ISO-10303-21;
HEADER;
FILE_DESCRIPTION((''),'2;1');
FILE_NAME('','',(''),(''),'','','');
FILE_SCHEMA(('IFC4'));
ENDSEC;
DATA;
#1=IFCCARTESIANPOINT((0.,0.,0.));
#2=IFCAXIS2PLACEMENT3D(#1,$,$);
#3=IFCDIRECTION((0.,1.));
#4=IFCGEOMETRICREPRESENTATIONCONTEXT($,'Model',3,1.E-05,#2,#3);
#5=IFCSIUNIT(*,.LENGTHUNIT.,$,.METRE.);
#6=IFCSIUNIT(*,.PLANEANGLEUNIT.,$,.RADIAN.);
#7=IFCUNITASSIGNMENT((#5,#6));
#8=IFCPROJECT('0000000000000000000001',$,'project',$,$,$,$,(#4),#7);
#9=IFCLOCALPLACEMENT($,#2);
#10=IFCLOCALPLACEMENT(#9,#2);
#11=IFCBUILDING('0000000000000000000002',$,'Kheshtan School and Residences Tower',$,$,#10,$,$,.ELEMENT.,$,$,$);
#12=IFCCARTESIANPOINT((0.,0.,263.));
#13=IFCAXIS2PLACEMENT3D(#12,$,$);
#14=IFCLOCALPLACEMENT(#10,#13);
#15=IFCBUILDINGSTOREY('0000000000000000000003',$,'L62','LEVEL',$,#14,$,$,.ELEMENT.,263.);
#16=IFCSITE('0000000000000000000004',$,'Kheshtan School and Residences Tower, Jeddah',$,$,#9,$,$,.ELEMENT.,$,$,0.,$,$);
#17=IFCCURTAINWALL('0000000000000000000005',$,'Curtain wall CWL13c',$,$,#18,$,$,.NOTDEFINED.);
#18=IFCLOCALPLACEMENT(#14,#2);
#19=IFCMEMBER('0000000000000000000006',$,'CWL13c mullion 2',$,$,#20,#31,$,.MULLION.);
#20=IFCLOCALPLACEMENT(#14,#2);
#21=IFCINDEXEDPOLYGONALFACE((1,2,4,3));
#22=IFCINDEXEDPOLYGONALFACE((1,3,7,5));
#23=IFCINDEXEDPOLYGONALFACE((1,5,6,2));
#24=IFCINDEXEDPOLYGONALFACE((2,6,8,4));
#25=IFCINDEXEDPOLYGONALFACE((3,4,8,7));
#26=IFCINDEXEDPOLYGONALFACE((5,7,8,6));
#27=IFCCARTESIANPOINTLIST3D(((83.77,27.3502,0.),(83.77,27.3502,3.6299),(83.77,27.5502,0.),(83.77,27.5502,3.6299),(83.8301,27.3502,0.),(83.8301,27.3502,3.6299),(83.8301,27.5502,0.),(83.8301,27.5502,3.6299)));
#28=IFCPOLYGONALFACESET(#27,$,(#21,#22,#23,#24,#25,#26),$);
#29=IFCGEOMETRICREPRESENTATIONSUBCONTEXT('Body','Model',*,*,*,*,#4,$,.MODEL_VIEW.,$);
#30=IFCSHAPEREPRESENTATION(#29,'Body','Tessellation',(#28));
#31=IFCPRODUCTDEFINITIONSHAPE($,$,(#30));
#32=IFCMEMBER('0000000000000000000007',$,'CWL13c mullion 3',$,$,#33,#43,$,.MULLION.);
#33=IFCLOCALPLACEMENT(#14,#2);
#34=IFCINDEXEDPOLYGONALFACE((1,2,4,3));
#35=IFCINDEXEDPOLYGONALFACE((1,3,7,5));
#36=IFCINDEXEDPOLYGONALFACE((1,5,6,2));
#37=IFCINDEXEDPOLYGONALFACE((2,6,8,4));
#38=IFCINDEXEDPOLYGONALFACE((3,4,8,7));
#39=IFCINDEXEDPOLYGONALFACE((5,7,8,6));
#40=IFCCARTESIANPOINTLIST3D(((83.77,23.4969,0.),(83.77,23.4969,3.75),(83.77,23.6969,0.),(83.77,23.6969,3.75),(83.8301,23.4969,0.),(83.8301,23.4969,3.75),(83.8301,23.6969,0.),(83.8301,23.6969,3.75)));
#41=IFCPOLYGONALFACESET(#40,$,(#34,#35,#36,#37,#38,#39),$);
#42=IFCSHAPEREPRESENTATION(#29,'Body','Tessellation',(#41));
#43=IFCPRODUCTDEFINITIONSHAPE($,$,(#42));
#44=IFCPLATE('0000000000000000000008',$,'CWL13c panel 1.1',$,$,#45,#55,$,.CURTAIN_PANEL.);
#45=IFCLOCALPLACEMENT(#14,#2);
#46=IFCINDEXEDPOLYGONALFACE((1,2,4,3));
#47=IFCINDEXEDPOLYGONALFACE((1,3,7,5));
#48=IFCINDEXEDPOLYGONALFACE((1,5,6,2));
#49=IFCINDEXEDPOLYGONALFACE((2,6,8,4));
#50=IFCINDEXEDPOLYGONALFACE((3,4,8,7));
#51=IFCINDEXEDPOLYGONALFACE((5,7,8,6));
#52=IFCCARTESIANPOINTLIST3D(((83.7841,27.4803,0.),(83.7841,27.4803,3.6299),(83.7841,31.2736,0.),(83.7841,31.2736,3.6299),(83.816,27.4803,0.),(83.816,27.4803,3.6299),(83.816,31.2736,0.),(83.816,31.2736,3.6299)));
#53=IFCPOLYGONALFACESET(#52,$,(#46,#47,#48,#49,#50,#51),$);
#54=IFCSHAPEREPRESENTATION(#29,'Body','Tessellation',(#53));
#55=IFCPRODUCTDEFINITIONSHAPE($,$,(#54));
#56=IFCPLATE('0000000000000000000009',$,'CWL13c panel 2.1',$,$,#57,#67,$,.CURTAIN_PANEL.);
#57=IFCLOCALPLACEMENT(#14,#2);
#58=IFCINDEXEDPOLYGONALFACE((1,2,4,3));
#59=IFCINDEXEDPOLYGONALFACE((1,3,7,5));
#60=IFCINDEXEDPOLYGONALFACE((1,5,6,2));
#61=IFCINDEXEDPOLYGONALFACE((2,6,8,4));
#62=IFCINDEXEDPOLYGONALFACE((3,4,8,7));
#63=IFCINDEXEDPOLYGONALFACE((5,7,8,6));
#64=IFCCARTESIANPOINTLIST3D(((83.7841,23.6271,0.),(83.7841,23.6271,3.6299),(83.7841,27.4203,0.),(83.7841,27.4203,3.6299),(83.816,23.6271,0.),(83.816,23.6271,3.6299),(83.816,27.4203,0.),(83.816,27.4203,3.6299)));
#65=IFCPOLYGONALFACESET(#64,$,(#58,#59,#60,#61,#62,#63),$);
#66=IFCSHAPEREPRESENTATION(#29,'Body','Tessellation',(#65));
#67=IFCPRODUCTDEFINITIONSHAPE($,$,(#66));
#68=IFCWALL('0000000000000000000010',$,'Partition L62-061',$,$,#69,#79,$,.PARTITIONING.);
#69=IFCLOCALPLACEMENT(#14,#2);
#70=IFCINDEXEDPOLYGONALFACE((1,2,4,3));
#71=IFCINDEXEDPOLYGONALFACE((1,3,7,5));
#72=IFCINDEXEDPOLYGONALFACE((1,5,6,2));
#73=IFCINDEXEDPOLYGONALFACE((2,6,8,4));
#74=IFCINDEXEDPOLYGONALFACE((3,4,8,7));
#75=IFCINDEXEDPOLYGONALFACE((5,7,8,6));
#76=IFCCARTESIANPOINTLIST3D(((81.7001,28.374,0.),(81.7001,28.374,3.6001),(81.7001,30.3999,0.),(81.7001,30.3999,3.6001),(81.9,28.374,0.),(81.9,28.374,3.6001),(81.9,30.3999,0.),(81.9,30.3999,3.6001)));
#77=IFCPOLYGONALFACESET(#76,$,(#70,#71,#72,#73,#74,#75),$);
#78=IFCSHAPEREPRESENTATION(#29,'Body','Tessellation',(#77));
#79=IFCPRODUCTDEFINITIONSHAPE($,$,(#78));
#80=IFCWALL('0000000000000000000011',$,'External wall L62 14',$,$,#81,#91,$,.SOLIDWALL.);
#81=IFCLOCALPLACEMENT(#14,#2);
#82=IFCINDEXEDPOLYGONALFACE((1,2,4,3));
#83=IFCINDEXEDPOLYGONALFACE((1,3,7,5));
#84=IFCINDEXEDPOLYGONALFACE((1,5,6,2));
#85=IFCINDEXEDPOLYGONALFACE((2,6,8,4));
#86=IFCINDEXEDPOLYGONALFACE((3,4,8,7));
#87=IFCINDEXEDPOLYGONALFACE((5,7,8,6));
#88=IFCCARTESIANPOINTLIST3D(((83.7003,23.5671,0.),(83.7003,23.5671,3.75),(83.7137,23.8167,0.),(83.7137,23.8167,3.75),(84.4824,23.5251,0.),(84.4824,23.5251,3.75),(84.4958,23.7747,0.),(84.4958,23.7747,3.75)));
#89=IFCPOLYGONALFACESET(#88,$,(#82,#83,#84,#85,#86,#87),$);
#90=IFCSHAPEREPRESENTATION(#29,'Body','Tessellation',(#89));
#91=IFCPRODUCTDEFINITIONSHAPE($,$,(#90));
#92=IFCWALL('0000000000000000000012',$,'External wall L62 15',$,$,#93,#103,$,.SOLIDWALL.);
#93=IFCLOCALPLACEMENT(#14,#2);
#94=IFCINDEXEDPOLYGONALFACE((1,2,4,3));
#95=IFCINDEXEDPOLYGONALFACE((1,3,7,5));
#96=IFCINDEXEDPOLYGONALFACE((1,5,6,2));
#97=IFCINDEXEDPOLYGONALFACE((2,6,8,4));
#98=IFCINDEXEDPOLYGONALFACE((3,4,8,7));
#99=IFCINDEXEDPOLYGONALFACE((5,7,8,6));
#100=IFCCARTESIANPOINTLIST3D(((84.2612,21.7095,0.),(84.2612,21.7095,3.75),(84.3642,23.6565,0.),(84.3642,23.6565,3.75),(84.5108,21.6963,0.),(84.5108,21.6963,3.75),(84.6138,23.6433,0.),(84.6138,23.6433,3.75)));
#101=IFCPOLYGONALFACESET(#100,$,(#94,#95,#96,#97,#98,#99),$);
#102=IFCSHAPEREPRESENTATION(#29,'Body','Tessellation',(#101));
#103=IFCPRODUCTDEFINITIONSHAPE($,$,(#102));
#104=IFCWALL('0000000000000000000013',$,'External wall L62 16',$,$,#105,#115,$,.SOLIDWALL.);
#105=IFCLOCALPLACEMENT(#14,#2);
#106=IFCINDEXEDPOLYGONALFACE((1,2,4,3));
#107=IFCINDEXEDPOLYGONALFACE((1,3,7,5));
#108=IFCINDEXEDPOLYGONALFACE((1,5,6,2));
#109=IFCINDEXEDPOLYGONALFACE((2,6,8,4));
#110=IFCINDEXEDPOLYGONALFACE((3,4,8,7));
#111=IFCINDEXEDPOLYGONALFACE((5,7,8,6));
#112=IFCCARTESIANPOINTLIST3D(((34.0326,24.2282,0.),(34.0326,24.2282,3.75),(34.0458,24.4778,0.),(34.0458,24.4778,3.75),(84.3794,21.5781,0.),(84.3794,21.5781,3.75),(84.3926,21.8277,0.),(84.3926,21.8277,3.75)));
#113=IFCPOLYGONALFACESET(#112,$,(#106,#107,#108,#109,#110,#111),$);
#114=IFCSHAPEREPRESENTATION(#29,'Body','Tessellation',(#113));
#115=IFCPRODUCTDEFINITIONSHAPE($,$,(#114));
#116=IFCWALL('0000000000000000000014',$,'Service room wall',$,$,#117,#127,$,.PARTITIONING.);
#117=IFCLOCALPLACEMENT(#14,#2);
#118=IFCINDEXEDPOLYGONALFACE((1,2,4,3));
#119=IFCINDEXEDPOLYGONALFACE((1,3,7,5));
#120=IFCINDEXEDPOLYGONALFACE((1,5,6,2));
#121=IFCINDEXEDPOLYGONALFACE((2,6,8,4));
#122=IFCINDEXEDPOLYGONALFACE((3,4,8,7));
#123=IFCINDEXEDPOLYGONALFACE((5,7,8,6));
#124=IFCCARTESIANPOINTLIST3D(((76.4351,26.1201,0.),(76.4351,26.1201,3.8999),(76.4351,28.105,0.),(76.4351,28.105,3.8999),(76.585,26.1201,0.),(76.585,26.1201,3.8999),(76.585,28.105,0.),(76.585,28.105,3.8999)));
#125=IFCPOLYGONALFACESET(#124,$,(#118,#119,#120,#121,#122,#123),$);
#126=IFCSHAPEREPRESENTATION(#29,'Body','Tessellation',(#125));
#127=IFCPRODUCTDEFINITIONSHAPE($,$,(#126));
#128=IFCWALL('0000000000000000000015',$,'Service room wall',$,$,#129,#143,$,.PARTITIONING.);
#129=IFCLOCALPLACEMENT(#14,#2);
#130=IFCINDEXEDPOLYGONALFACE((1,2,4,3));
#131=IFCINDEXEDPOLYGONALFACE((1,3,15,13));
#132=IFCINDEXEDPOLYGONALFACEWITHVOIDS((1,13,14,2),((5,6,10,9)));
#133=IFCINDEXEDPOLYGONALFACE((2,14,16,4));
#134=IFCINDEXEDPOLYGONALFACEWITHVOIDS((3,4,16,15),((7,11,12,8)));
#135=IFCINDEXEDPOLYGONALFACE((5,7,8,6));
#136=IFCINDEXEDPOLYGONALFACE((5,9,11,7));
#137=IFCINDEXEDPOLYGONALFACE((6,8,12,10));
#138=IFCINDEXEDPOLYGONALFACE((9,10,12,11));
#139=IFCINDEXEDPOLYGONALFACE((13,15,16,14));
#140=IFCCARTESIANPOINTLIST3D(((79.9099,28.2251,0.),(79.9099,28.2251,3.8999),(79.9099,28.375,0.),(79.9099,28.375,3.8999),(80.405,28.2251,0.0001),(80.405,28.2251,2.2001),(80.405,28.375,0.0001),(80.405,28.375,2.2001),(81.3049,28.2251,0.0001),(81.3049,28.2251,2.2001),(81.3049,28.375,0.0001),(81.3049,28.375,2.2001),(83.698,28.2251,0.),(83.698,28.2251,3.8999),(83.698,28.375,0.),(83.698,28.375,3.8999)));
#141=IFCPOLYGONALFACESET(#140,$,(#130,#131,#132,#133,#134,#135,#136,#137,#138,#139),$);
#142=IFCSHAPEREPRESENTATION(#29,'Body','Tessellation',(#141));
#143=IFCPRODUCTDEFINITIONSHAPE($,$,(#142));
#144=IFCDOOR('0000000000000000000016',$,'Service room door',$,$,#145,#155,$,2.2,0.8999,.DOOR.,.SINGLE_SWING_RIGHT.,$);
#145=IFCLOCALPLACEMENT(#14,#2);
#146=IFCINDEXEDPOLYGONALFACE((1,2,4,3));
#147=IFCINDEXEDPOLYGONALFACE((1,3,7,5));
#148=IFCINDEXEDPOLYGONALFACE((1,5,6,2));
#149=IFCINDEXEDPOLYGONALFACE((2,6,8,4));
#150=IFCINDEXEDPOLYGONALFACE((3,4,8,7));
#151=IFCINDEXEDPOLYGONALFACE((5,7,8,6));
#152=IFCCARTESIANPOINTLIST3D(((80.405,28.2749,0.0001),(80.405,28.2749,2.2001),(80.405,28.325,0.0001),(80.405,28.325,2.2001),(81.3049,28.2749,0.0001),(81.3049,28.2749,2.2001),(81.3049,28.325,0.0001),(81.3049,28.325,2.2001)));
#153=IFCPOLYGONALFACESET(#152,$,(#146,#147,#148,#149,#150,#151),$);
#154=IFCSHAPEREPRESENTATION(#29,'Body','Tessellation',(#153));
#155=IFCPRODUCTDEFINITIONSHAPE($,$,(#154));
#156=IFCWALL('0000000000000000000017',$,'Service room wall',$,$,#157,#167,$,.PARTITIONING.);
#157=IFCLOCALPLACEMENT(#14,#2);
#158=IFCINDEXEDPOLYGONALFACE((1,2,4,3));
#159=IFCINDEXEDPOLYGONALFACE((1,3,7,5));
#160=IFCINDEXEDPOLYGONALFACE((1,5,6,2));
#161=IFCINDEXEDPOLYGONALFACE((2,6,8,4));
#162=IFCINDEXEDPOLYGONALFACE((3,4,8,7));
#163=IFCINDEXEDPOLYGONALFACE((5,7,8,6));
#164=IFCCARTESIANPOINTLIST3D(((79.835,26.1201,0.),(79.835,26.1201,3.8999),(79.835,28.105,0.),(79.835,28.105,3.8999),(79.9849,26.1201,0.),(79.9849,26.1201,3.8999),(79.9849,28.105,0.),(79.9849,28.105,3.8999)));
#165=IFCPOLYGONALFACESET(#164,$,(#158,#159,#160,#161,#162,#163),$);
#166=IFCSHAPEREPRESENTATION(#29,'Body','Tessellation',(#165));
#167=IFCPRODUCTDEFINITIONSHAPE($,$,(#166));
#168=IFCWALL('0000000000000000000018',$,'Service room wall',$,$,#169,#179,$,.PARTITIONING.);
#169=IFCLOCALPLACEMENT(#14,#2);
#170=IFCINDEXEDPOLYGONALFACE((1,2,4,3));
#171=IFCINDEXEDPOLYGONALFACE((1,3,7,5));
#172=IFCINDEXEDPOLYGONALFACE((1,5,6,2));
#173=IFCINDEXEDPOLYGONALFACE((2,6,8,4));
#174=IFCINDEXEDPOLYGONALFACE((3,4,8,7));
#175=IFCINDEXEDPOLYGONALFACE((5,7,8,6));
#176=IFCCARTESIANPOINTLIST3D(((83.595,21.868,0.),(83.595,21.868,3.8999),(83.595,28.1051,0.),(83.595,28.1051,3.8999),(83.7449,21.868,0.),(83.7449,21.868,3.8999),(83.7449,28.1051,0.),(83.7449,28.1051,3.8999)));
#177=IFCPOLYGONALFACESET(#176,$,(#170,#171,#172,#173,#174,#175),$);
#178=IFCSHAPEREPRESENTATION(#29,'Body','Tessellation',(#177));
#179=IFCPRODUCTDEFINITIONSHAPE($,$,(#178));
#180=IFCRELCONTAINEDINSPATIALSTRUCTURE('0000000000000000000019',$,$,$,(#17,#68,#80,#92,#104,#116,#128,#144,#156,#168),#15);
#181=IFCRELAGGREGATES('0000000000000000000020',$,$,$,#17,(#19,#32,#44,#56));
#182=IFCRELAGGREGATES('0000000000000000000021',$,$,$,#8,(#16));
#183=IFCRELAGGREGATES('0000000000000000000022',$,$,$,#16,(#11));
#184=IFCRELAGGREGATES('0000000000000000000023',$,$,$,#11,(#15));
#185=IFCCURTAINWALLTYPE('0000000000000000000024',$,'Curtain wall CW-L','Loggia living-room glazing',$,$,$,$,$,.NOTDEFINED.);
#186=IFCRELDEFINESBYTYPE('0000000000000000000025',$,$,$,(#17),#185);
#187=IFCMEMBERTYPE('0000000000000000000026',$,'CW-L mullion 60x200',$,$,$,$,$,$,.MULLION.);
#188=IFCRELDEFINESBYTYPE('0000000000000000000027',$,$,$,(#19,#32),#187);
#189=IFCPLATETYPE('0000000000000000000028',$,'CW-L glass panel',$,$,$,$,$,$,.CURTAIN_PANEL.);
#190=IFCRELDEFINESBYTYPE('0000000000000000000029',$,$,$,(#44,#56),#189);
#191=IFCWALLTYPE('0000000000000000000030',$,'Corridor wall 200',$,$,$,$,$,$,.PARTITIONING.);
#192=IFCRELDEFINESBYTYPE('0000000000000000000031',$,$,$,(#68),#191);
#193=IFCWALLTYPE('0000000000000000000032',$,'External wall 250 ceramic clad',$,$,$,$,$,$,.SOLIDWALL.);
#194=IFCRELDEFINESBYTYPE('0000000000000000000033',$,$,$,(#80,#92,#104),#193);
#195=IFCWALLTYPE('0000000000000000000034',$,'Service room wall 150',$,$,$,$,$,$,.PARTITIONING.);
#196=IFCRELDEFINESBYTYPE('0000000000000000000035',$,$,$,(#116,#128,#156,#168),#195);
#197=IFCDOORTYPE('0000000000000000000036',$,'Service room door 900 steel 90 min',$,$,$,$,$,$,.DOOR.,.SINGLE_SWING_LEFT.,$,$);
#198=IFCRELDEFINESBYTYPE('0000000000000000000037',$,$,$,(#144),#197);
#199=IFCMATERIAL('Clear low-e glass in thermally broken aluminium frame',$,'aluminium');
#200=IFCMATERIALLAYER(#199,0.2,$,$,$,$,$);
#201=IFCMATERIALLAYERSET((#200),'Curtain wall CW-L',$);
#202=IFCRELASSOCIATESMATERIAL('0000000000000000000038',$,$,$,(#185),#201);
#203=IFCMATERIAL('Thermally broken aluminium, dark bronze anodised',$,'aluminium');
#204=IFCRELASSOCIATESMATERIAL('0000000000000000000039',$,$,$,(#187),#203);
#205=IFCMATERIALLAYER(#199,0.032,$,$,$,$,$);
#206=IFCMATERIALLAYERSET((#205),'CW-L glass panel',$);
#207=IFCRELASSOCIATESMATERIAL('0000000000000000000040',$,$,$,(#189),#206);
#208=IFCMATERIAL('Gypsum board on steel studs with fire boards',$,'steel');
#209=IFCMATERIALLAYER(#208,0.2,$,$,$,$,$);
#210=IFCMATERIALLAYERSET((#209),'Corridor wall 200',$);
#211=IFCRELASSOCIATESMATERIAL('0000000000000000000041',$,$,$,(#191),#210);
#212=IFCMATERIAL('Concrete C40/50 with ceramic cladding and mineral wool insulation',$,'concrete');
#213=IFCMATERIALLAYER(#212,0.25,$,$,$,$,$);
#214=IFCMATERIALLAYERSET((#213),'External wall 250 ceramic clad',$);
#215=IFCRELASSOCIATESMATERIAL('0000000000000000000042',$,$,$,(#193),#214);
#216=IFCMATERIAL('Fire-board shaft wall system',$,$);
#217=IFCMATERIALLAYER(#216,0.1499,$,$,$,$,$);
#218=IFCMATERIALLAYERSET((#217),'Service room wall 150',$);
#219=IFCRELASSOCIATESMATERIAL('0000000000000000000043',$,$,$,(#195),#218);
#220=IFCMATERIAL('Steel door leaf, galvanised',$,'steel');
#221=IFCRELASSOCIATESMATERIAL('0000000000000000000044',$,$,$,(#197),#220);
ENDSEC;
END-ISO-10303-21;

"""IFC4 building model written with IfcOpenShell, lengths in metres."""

from ifc_helpers import new_model, si_unit, direction, frame, frame_2d, origin, origin_2d, place, context, subcontext, project, spatial, rectangle, extrude, source, transform, mapped, material, layer, layer_set, material_profile, profile_set, type_object, element, fill, aggregate, save


model = new_model("IFC4")

# Units and contexts
model_context = context("Model", 3, precision=1e-05, world=origin(), true_north=direction((0.0, 1.0)))
body_context = subcontext(model_context, "Body", "Model", "MODEL_VIEW")
ifc_project = project(units=[si_unit("LENGTHUNIT", "METRE"), si_unit("PLANEANGLEUNIT", "RADIAN")], contexts=[model_context])

# Site, building, storey
site_placement = place(None, origin())
site = spatial("IfcSite", under=ifc_project, at=site_placement, Name="Kheshtan School and Residences Tower, Jeddah", CompositionType="ELEMENT", RefElevation=0.0)
building_placement = place(site_placement, origin())
building = spatial("IfcBuilding", under=site, at=building_placement, Name="Kheshtan School and Residences Tower", CompositionType="ELEMENT")
storey_placement = place(building_placement, frame((0.0, 0.0, 263.0)))
storey = spatial("IfcBuildingStorey", under=building, at=storey_placement, Name="L62", Description="LEVEL", CompositionType="ELEMENT", Elevation=263.0)

# Curtain wall, members, plates
ifc_material_1 = material(Name="Clear low-e glass in thermally broken aluminium frame", Category="aluminium")
ifc_layer_1 = layer(ifc_material_1, 0.2)
ifc_layer_set_1 = layer_set([ifc_layer_1], Name="Curtain wall CW-L")
curtain_wall_type = type_object("IfcCurtainWallType", Name="Curtain wall CW-L", Description="Loggia living-room glazing", PredefinedType="NOTDEFINED", material=ifc_layer_set_1)
curtain_wall_placement = place(storey_placement, origin())
curtain_wall = element("IfcCurtainWall", 1, at=curtain_wall_placement, inside=storey, type_object=curtain_wall_type, Name="Curtain wall CWL13c", PredefinedType="NOTDEFINED")
ifc_material_2 = material(Name="Thermally broken aluminium, dark bronze anodised", Category="aluminium")
ifc_material_profile_1 = material_profile(ifc_material_2, rectangle(XDim=0.0601, YDim=0.2, at=origin_2d()), Name="CW-L mullion 60x200")
ifc_profile_set_1 = profile_set([ifc_material_profile_1], Name="Thermally broken aluminium, dark bronze anodised")
member_type = type_object("IfcMemberType", Name="CW-L mullion 60x200", PredefinedType="MULLION", material=ifc_profile_set_1)
member_1_placement = place(storey_placement, frame((83.8, 27.4502, 0.0), z_axis=(0.0, 0.0, 1.0), x_axis=(1.0, 0.0, 0.0)))
member_1 = element("IfcMember", 2, at=member_1_placement, type_object=member_type, Name="CWL13c mullion 2", PredefinedType="MULLION", context=body_context, shape_type="SweptSolid", body=[
    extrude(rectangle(XDim=0.0601, YDim=0.2, at=origin_2d()), origin(), (0.0, 0.0, 1.0), 3.6299),
])
member_2_placement = place(storey_placement, frame((83.8, 23.5969, 0.0), z_axis=(0.0, 0.0, 1.0), x_axis=(1.0, 0.0, 0.0)))
member_2 = element("IfcMember", 3, at=member_2_placement, type_object=member_type, Name="CWL13c mullion 3", PredefinedType="MULLION", context=body_context, shape_type="SweptSolid", body=[
    extrude(rectangle(XDim=0.0601, YDim=0.2, at=origin_2d()), origin(), (0.0, 0.0, 1.0), 3.75),
])
ifc_layer_2 = layer(ifc_material_1, 0.032)
ifc_layer_set_2 = layer_set([ifc_layer_2], Name="CW-L glass panel")
plate_type = type_object("IfcPlateType", Name="CW-L glass panel", PredefinedType="CURTAIN_PANEL", material=ifc_layer_set_2)
plate_1_placement = place(storey_placement, frame((83.8, 29.377, 0.0), z_axis=(0.0, 0.0, 1.0), x_axis=(0.0, -1.0, 0.0)))
plate_1 = element("IfcPlate", 4, at=plate_1_placement, type_object=plate_type, Name="CWL13c panel 1.1", PredefinedType="CURTAIN_PANEL", context=body_context, shape_type="SweptSolid", body=[
    extrude(rectangle(XDim=3.7932, YDim=0.032, at=origin_2d()), origin(), (0.0, 0.0, 1.0), 3.6299),
])
plate_2_placement = place(storey_placement, frame((83.8, 25.5237, 0.0), z_axis=(0.0, 0.0, 1.0), x_axis=(0.0, -1.0, 0.0)))
plate_2 = element("IfcPlate", 5, at=plate_2_placement, type_object=plate_type, Name="CWL13c panel 2.1", PredefinedType="CURTAIN_PANEL", context=body_context, shape_type="SweptSolid", body=[
    extrude(rectangle(XDim=3.7932, YDim=0.032, at=origin_2d()), origin(), (0.0, 0.0, 1.0), 3.6299),
])
aggregate(curtain_wall, [member_1, member_2, plate_1, plate_2])

# Walls
ifc_material_3 = material(Name="Gypsum board on steel studs with fire boards", Category="steel")
ifc_layer_3 = layer(ifc_material_3, 0.2)
ifc_layer_set_3 = layer_set([ifc_layer_3], Name="Corridor wall 200")
wall_type_1 = type_object("IfcWallType", Name="Corridor wall 200", PredefinedType="PARTITIONING", material=ifc_layer_set_3)
wall_1_placement = place(storey_placement, frame((81.8, 28.374, 0.0), z_axis=(0.0, 0.0, 1.0), x_axis=(0.0, 1.0, 0.0)))
element("IfcWall", 6, at=wall_1_placement, inside=storey, type_object=wall_type_1, Name="Partition L62-061", PredefinedType="PARTITIONING", context=body_context, shape_type="SweptSolid", body=[
    extrude(rectangle(XDim=2.0259, YDim=0.2, at=frame_2d((1.0129, 0.0))), origin(), (0.0, 0.0, 1.0), 3.6001),
])
ifc_material_4 = material(Name="Concrete C40/50 with ceramic cladding and mineral wool insulation", Category="concrete")
ifc_layer_4 = layer(ifc_material_4, 0.25)
ifc_layer_set_4 = layer_set([ifc_layer_4], Name="External wall 250 ceramic clad")
wall_type_2 = type_object("IfcWallType", Name="External wall 250 ceramic clad", PredefinedType="SOLIDWALL", material=ifc_layer_set_4)
wall_2_placement = place(storey_placement, frame((83.707, 23.6919, 0.0), z_axis=(0.0, 0.0, 1.0), x_axis=(0.998561, -0.053622, 0.0)))
element("IfcWall", 7, at=wall_2_placement, inside=storey, type_object=wall_type_2, Name="External wall L62 14", PredefinedType="SOLIDWALL", context=body_context, shape_type="SweptSolid", body=[
    extrude(rectangle(XDim=0.7832, YDim=0.25, at=frame_2d((0.3916, 0.0))), origin(), (0.0, 0.0, 1.0), 3.75),
])
wall_3_placement = place(storey_placement, frame((84.489, 23.6499, 0.0), z_axis=(0.0, 0.0, 1.0), x_axis=(-0.052841, -0.998603, 0.0)))
element("IfcWall", 8, at=wall_3_placement, inside=storey, type_object=wall_type_2, Name="External wall L62 15", PredefinedType="SOLIDWALL", context=body_context, shape_type="SweptSolid", body=[
    extrude(rectangle(XDim=1.9497, YDim=0.25, at=frame_2d((0.9749, 0.0))), origin(), (0.0, 0.0, 1.0), 3.75),
])
wall_4_placement = place(storey_placement, frame((84.386, 21.7029, 0.0), z_axis=(0.0, 0.0, 1.0), x_axis=(-0.998618, 0.052565, 0.0)))
element("IfcWall", 9, at=wall_4_placement, inside=storey, type_object=wall_type_2, Name="External wall L62 16", PredefinedType="SOLIDWALL", context=body_context, shape_type="SweptSolid", body=[
    extrude(rectangle(XDim=50.4165, YDim=0.25, at=frame_2d((25.2083, 0.0))), origin(), (0.0, 0.0, 1.0), 3.75),
])
ifc_material_5 = material(Name="Fire-board shaft wall system")
ifc_layer_5 = layer(ifc_material_5, 0.1499)
ifc_layer_set_5 = layer_set([ifc_layer_5], Name="Service room wall 150")
wall_type_3 = type_object("IfcWallType", Name="Service room wall 150", PredefinedType="PARTITIONING", material=ifc_layer_set_5)
wall_5_placement = place(storey_placement, frame((76.51, 26.1201, 0.0), z_axis=(0.0, 0.0, 1.0), x_axis=(0.0, 1.0, 0.0)))
element("IfcWall", 10, at=wall_5_placement, inside=storey, type_object=wall_type_3, Name="Service room wall", PredefinedType="PARTITIONING", context=body_context, shape_type="SweptSolid", body=[
    extrude(rectangle(XDim=1.9849, YDim=0.1499, at=frame_2d((0.9924, 0.0))), origin(), (0.0, 0.0, 1.0), 3.8999),
])

# Wall, opening, door
wall_6_placement = place(storey_placement, frame((79.9099, 28.3, 0.0), z_axis=(0.0, 0.0, 1.0), x_axis=(1.0, 0.0, 0.0)))
wall_6 = element("IfcWall", 11, at=wall_6_placement, inside=storey, type_object=wall_type_3, Name="Service room wall", PredefinedType="PARTITIONING", context=body_context, shape_type="SweptSolid", body=[
    extrude(rectangle(XDim=3.7881, YDim=0.1499, at=frame_2d((1.894, 0.0))), origin(), (0.0, 0.0, 1.0), 3.8999),
])
opening_placement = place(wall_6_placement, frame((0.4951, 0.0, 0.0)))
opening = element("IfcOpeningElement", 12, at=opening_placement, cuts=wall_6, PredefinedType="OPENING", context=body_context, shape_type="SweptSolid", body=[
    extrude(rectangle(XDim=0.8999, YDim=2.2, at=frame_2d((0.45, 1.1001))), frame((0.0, 0.085, 0.0), z_axis=(0.0, -1.0, 0.0), x_axis=(1.0, 0.0, 0.0)), (0.0, 0.0, 1.0), 0.1699),
])
ifc_material_6 = material(Name="Steel door leaf, galvanised", Category="steel")
door_type = type_object("IfcDoorType", Name="Service room door 900 steel 90 min", OperationType="SINGLE_SWING_LEFT", PredefinedType="DOOR", material=ifc_material_6)
shared_shape = source(origin(), body_context, "Body", "SweptSolid", [
    extrude(rectangle(XDim=0.8999, YDim=2.2, at=frame_2d((0.45, 1.1001))), frame((0.0, 0.0249, 0.0), z_axis=(0.0, -1.0, 0.0), x_axis=(1.0, 0.0, 0.0)), (0.0, 0.0, 1.0), 0.05),
])
door_placement = place(opening_placement, origin())
door = element("IfcDoor", 13, at=door_placement, inside=storey, type_object=door_type, Name="Service room door", OperationType="SINGLE_SWING_RIGHT", OverallHeight=2.2, OverallWidth=0.8999, PredefinedType="DOOR", context=body_context, shape_type="MappedRepresentation", body=[
    mapped(shared_shape, transform((0.0, 0.0, 0.0), x_axis=(1.0, 0.0, 0.0), y_axis=(0.0, 1.0, 0.0), z_axis=(0.0, 0.0, 1.0), scale=1.0)),
])
fill(opening, door)

# Walls
wall_7_placement = place(storey_placement, frame((79.9099, 26.1201, 0.0), z_axis=(0.0, 0.0, 1.0), x_axis=(0.0, 1.0, 0.0)))
element("IfcWall", 14, at=wall_7_placement, inside=storey, type_object=wall_type_3, Name="Service room wall", PredefinedType="PARTITIONING", context=body_context, shape_type="SweptSolid", body=[
    extrude(rectangle(XDim=1.9849, YDim=0.1499, at=frame_2d((0.9924, 0.0))), origin(), (0.0, 0.0, 1.0), 3.8999),
])
wall_8_placement = place(storey_placement, frame((83.6699, 21.8679, 0.0), z_axis=(0.0, 0.0, 1.0), x_axis=(0.0, 1.0, 0.0)))
element("IfcWall", 15, at=wall_8_placement, inside=storey, type_object=wall_type_3, Name="Service room wall", PredefinedType="PARTITIONING", context=body_context, shape_type="SweptSolid", body=[
    extrude(rectangle(XDim=6.2371, YDim=0.1499, at=frame_2d((3.1187, 0.0))), origin(), (0.0, 0.0, 1.0), 3.8999),
])

save(model, "model.ifc")
